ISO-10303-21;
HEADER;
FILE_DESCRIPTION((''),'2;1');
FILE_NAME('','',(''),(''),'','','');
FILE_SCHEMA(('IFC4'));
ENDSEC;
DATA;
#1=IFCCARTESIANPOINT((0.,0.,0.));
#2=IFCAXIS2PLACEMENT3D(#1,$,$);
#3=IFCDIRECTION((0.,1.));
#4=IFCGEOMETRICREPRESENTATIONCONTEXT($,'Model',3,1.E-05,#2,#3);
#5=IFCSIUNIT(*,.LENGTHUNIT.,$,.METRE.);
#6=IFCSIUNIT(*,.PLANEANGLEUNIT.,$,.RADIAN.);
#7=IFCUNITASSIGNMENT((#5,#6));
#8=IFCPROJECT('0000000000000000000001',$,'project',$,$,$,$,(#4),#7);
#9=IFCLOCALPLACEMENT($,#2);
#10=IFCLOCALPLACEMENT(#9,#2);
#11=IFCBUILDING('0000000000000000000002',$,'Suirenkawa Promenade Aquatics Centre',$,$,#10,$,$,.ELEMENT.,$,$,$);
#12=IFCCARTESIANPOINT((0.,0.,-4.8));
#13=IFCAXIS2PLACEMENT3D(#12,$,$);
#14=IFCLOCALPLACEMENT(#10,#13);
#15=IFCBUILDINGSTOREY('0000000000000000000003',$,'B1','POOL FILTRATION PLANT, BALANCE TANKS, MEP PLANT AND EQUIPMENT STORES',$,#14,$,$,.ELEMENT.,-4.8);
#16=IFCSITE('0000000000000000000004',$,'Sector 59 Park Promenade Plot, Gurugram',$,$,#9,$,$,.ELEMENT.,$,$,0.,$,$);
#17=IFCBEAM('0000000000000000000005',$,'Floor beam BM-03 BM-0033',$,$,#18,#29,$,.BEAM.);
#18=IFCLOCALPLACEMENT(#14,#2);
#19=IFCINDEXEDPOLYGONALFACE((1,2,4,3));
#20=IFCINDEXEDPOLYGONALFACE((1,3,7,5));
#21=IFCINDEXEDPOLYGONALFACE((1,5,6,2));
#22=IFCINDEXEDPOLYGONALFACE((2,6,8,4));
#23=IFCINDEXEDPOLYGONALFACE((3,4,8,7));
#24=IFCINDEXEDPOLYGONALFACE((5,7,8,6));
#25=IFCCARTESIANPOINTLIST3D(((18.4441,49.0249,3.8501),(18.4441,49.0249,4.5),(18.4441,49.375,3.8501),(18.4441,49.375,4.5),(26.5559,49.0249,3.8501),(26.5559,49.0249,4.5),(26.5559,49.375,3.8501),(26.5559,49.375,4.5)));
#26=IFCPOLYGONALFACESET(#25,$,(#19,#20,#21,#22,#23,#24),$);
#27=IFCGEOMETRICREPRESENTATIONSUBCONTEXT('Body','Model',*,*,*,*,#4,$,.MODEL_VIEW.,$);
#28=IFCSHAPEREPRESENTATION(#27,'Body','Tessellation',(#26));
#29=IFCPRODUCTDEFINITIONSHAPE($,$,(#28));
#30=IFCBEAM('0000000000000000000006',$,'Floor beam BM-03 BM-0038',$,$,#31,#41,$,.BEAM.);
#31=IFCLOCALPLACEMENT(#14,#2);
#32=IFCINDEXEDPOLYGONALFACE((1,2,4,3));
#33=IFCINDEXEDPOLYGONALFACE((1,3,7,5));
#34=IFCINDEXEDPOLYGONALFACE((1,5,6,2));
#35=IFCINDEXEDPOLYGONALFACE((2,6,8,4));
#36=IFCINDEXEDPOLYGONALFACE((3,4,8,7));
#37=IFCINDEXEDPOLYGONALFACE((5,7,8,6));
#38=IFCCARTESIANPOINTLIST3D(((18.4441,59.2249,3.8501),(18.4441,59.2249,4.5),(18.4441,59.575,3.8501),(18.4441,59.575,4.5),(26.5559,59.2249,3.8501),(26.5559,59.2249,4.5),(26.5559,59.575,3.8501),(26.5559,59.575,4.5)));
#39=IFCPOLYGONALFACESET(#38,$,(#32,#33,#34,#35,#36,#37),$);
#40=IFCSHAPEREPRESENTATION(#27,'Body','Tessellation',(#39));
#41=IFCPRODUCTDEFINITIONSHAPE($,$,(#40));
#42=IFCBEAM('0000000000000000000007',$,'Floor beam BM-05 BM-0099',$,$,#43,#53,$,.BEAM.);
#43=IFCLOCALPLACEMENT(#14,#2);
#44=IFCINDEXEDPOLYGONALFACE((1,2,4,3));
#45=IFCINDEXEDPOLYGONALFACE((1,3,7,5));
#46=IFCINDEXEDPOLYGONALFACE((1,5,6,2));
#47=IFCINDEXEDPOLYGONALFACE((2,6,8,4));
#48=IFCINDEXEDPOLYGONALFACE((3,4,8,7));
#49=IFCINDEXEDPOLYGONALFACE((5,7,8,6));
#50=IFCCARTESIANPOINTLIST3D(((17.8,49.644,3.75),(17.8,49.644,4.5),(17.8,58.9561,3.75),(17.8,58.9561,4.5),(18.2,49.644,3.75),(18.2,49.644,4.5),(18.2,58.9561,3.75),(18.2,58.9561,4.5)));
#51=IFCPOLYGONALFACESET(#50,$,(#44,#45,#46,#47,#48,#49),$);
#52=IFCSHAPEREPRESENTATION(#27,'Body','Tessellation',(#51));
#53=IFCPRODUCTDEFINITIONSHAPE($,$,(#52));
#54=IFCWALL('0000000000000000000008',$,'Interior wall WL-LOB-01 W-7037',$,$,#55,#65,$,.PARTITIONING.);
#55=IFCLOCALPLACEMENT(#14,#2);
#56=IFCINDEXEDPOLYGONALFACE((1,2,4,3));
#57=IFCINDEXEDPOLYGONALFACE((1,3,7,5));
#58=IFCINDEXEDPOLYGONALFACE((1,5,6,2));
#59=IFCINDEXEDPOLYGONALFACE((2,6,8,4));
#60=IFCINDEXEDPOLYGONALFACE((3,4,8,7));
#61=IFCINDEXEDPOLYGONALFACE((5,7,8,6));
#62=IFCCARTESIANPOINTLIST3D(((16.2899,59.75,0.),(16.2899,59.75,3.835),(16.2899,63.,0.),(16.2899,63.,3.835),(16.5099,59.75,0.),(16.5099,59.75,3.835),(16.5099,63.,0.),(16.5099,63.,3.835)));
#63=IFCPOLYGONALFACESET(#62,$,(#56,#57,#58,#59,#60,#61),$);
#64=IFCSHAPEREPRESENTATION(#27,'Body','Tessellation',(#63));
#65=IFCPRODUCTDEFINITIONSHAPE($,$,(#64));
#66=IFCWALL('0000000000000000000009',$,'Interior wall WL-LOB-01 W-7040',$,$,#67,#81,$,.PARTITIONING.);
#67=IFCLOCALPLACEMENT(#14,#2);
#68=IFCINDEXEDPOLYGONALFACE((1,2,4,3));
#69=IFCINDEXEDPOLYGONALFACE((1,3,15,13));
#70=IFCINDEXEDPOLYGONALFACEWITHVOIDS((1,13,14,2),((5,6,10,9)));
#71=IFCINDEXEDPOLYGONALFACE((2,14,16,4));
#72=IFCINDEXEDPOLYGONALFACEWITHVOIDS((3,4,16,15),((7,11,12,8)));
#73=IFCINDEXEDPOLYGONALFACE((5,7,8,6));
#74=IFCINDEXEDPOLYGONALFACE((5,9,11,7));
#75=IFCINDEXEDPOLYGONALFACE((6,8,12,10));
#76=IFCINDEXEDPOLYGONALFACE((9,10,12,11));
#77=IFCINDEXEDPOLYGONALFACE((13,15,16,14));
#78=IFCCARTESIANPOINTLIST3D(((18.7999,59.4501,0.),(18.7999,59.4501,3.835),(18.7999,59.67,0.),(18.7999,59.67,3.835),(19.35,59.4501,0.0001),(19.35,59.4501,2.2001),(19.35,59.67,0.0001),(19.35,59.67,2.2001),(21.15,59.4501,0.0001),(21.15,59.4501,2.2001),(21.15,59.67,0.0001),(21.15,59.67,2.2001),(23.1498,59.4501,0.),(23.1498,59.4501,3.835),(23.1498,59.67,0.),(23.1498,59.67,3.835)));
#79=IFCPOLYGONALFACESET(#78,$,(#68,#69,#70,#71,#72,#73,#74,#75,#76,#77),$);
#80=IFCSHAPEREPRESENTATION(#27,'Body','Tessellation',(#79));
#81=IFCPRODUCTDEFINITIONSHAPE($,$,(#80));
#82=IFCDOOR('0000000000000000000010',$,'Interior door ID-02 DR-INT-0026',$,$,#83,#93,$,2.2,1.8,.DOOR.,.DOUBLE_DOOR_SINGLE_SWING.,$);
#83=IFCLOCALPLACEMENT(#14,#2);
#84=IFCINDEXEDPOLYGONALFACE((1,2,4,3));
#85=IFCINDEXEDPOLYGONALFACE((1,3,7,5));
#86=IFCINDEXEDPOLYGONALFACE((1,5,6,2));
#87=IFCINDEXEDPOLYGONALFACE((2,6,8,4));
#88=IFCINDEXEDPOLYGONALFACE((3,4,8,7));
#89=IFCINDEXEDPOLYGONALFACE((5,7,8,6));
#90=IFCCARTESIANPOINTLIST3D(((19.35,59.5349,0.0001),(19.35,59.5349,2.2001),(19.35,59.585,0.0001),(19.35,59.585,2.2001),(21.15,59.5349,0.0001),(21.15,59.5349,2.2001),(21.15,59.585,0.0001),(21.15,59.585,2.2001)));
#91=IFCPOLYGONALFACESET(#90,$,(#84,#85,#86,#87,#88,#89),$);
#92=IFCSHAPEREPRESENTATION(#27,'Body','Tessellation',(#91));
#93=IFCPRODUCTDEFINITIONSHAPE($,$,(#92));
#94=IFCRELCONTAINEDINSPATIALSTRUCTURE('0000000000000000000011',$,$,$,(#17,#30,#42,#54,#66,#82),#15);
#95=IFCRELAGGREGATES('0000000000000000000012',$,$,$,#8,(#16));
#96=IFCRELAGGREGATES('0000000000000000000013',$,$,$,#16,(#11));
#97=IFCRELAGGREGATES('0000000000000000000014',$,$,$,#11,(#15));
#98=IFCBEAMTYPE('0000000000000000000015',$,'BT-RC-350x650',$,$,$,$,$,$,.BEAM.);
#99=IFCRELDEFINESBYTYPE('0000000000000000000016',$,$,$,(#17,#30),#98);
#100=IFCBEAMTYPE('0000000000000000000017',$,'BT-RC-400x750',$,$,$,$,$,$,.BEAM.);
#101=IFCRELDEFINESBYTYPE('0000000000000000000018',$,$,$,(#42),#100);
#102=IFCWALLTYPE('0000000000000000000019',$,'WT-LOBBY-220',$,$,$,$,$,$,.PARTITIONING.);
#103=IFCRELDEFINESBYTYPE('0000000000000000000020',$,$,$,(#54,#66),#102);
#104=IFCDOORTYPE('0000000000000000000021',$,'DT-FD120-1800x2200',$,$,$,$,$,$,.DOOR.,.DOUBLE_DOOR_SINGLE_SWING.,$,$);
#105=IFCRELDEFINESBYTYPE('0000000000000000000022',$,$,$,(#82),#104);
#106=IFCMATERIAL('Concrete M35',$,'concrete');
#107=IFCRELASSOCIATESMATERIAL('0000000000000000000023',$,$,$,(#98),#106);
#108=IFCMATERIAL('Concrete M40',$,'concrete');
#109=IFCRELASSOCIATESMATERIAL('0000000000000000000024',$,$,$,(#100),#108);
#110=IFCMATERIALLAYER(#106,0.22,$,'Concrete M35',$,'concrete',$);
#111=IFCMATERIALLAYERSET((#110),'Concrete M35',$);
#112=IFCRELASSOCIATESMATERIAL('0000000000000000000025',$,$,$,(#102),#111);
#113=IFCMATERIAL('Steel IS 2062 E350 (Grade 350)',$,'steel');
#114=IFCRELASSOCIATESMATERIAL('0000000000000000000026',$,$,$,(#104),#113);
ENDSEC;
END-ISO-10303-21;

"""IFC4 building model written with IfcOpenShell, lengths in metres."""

from ifc_helpers import new_model, si_unit, direction, frame, frame_2d, origin, origin_2d, place, context, subcontext, project, spatial, rectangle, extrude, material, layer, layer_set, material_profile, profile_set, type_object, element, fill, save


model = new_model("IFC4")

# Units and contexts
model_context = context("Model", 3, precision=1e-05, world=origin(), true_north=direction((0.0, 1.0)))
body_context = subcontext(model_context, "Body", "Model", "MODEL_VIEW")
ifc_project = project(units=[si_unit("LENGTHUNIT", "METRE"), si_unit("PLANEANGLEUNIT", "RADIAN")], contexts=[model_context])

# Site, building, storey
site_placement = place(None, origin())
site = spatial("IfcSite", under=ifc_project, at=site_placement, Name="Sector 59 Park Promenade Plot, Gurugram", CompositionType="ELEMENT", RefElevation=0.0)
building_placement = place(site_placement, origin())
building = spatial("IfcBuilding", under=site, at=building_placement, Name="Suirenkawa Promenade Aquatics Centre", CompositionType="ELEMENT")
storey_placement = place(building_placement, frame((0.0, 0.0, -4.8)))
storey = spatial("IfcBuildingStorey", under=building, at=storey_placement, Name="B1", Description="POOL FILTRATION PLANT, BALANCE TANKS, MEP PLANT AND EQUIPMENT STORES", CompositionType="ELEMENT", Elevation=-4.8)

# Shared definitions
ifc_material_1 = material(Name="Concrete M35", Category="concrete")

# Shared definitions
ifc_material_2 = material(Name="Concrete M40", Category="concrete")

# Beams
ifc_material_3 = material(Name="Steel IS 2062 E350 (Grade 350)", Category="steel")
ifc_material_profile_1 = material_profile(ifc_material_1, rectangle(XDim=0.3501, YDim=0.6499, at=origin_2d()), Name="RC BM 350x650", Category="concrete")
ifc_profile_set_1 = profile_set([ifc_material_profile_1], Name="Concrete M35")
beam_type_1 = type_object("IfcBeamType", Name="BT-RC-350x650", PredefinedType="BEAM", material=ifc_profile_set_1)
for number, where, z_axis, x_axis, name in (
    (1, (18.4441, 49.2, 4.175), (1.0, 0.0, 0.0), (0.0, 1.0, 0.0), "Floor beam BM-03 BM-0033"),
    (2, (18.4441, 59.3999, 4.175), (1.0, 0.0, 0.0), (0.0, 1.0, 0.0), "Floor beam BM-03 BM-0038"),
):
    element("IfcBeam", number, at=place(storey_placement, frame(where, z_axis=z_axis, x_axis=x_axis)), inside=storey, type_object=beam_type_1, Name=name, PredefinedType="BEAM", context=body_context, shape_type="SweptSolid", body=[
        extrude(rectangle(XDim=0.3501, YDim=0.6499, at=origin_2d()), origin(), (0.0, 0.0, 1.0), 8.1118),
    ])
ifc_material_profile_2 = material_profile(ifc_material_2, rectangle(XDim=0.3999, YDim=0.75, at=origin_2d()), Name="RC BM 400x750", Category="concrete")
ifc_profile_set_2 = profile_set([ifc_material_profile_2], Name="Concrete M40")
beam_type_2 = type_object("IfcBeamType", Name="BT-RC-400x750", PredefinedType="BEAM", material=ifc_profile_set_2)
beam_1_placement = place(storey_placement, frame((18.0, 49.644, 4.125), z_axis=(0.0, 1.0, 0.0), x_axis=(-1.0, 0.0, 0.0)))
element("IfcBeam", 3, at=beam_1_placement, inside=storey, type_object=beam_type_2, Name="Floor beam BM-05 BM-0099", PredefinedType="BEAM", context=body_context, shape_type="SweptSolid", body=[
    extrude(rectangle(XDim=0.3999, YDim=0.75, at=origin_2d()), origin(), (0.0, 0.0, 1.0), 9.312),
])

# Wall
ifc_layer = layer(ifc_material_1, 0.22, Name="Concrete M35", Category="concrete")
ifc_layer_set = layer_set([ifc_layer], Name="Concrete M35")
wall_type = type_object("IfcWallType", Name="WT-LOBBY-220", PredefinedType="PARTITIONING", material=ifc_layer_set)
wall_1_placement = place(storey_placement, frame((16.3999, 59.75, 0.0), z_axis=(0.0, 0.0, 1.0), x_axis=(0.0, 1.0, 0.0)))
element("IfcWall", 4, at=wall_1_placement, inside=storey, type_object=wall_type, Name="Interior wall WL-LOB-01 W-7037", PredefinedType="PARTITIONING", context=body_context, shape_type="SweptSolid", body=[
    extrude(rectangle(XDim=3.25, YDim=0.22, at=frame_2d((1.625, 0.0))), origin(), (0.0, 0.0, 1.0), 3.835),
])

# Wall, opening, door
wall_2_placement = place(storey_placement, frame((18.8, 59.5601, 0.0), z_axis=(0.0, 0.0, 1.0), x_axis=(1.0, 0.0, 0.0)))
wall_2 = element("IfcWall", 5, at=wall_2_placement, inside=storey, type_object=wall_type, Name="Interior wall WL-LOB-01 W-7040", PredefinedType="PARTITIONING", context=body_context, shape_type="SweptSolid", body=[
    extrude(rectangle(XDim=4.3499, YDim=0.22, at=frame_2d((2.1748, 0.0))), origin(), (0.0, 0.0, 1.0), 3.835),
])
opening_placement = place(wall_2_placement, frame((0.55, 0.0, 0.0)))
opening = element("IfcOpeningElement", 6, at=opening_placement, cuts=wall_2, PredefinedType="OPENING", context=body_context, shape_type="SweptSolid", body=[
    extrude(rectangle(XDim=1.8, YDim=2.2, at=frame_2d((0.8999, 1.1001))), frame((0.0, 0.1199, 0.0), z_axis=(0.0, -1.0, 0.0), x_axis=(1.0, 0.0, 0.0)), (0.0, 0.0, 1.0), 0.24),
])
door_type = type_object("IfcDoorType", Name="DT-FD120-1800x2200", OperationType="DOUBLE_DOOR_SINGLE_SWING", PredefinedType="DOOR", material=ifc_material_3)
door_placement = place(opening_placement, origin())
door = element("IfcDoor", 7, at=door_placement, inside=storey, type_object=door_type, Name="Interior door ID-02 DR-INT-0026", OperationType="DOUBLE_DOOR_SINGLE_SWING", OverallHeight=2.2, OverallWidth=1.8, PredefinedType="DOOR", context=body_context, shape_type="SweptSolid", body=[
    extrude(rectangle(XDim=1.8, YDim=2.2, at=frame_2d((0.8999, 1.1001))), frame((0.0, 0.0249, 0.0), z_axis=(0.0, -1.0, 0.0), x_axis=(1.0, 0.0, 0.0)), (0.0, 0.0, 1.0), 0.05),
])
fill(opening, door)

save(model, "model.ifc")
